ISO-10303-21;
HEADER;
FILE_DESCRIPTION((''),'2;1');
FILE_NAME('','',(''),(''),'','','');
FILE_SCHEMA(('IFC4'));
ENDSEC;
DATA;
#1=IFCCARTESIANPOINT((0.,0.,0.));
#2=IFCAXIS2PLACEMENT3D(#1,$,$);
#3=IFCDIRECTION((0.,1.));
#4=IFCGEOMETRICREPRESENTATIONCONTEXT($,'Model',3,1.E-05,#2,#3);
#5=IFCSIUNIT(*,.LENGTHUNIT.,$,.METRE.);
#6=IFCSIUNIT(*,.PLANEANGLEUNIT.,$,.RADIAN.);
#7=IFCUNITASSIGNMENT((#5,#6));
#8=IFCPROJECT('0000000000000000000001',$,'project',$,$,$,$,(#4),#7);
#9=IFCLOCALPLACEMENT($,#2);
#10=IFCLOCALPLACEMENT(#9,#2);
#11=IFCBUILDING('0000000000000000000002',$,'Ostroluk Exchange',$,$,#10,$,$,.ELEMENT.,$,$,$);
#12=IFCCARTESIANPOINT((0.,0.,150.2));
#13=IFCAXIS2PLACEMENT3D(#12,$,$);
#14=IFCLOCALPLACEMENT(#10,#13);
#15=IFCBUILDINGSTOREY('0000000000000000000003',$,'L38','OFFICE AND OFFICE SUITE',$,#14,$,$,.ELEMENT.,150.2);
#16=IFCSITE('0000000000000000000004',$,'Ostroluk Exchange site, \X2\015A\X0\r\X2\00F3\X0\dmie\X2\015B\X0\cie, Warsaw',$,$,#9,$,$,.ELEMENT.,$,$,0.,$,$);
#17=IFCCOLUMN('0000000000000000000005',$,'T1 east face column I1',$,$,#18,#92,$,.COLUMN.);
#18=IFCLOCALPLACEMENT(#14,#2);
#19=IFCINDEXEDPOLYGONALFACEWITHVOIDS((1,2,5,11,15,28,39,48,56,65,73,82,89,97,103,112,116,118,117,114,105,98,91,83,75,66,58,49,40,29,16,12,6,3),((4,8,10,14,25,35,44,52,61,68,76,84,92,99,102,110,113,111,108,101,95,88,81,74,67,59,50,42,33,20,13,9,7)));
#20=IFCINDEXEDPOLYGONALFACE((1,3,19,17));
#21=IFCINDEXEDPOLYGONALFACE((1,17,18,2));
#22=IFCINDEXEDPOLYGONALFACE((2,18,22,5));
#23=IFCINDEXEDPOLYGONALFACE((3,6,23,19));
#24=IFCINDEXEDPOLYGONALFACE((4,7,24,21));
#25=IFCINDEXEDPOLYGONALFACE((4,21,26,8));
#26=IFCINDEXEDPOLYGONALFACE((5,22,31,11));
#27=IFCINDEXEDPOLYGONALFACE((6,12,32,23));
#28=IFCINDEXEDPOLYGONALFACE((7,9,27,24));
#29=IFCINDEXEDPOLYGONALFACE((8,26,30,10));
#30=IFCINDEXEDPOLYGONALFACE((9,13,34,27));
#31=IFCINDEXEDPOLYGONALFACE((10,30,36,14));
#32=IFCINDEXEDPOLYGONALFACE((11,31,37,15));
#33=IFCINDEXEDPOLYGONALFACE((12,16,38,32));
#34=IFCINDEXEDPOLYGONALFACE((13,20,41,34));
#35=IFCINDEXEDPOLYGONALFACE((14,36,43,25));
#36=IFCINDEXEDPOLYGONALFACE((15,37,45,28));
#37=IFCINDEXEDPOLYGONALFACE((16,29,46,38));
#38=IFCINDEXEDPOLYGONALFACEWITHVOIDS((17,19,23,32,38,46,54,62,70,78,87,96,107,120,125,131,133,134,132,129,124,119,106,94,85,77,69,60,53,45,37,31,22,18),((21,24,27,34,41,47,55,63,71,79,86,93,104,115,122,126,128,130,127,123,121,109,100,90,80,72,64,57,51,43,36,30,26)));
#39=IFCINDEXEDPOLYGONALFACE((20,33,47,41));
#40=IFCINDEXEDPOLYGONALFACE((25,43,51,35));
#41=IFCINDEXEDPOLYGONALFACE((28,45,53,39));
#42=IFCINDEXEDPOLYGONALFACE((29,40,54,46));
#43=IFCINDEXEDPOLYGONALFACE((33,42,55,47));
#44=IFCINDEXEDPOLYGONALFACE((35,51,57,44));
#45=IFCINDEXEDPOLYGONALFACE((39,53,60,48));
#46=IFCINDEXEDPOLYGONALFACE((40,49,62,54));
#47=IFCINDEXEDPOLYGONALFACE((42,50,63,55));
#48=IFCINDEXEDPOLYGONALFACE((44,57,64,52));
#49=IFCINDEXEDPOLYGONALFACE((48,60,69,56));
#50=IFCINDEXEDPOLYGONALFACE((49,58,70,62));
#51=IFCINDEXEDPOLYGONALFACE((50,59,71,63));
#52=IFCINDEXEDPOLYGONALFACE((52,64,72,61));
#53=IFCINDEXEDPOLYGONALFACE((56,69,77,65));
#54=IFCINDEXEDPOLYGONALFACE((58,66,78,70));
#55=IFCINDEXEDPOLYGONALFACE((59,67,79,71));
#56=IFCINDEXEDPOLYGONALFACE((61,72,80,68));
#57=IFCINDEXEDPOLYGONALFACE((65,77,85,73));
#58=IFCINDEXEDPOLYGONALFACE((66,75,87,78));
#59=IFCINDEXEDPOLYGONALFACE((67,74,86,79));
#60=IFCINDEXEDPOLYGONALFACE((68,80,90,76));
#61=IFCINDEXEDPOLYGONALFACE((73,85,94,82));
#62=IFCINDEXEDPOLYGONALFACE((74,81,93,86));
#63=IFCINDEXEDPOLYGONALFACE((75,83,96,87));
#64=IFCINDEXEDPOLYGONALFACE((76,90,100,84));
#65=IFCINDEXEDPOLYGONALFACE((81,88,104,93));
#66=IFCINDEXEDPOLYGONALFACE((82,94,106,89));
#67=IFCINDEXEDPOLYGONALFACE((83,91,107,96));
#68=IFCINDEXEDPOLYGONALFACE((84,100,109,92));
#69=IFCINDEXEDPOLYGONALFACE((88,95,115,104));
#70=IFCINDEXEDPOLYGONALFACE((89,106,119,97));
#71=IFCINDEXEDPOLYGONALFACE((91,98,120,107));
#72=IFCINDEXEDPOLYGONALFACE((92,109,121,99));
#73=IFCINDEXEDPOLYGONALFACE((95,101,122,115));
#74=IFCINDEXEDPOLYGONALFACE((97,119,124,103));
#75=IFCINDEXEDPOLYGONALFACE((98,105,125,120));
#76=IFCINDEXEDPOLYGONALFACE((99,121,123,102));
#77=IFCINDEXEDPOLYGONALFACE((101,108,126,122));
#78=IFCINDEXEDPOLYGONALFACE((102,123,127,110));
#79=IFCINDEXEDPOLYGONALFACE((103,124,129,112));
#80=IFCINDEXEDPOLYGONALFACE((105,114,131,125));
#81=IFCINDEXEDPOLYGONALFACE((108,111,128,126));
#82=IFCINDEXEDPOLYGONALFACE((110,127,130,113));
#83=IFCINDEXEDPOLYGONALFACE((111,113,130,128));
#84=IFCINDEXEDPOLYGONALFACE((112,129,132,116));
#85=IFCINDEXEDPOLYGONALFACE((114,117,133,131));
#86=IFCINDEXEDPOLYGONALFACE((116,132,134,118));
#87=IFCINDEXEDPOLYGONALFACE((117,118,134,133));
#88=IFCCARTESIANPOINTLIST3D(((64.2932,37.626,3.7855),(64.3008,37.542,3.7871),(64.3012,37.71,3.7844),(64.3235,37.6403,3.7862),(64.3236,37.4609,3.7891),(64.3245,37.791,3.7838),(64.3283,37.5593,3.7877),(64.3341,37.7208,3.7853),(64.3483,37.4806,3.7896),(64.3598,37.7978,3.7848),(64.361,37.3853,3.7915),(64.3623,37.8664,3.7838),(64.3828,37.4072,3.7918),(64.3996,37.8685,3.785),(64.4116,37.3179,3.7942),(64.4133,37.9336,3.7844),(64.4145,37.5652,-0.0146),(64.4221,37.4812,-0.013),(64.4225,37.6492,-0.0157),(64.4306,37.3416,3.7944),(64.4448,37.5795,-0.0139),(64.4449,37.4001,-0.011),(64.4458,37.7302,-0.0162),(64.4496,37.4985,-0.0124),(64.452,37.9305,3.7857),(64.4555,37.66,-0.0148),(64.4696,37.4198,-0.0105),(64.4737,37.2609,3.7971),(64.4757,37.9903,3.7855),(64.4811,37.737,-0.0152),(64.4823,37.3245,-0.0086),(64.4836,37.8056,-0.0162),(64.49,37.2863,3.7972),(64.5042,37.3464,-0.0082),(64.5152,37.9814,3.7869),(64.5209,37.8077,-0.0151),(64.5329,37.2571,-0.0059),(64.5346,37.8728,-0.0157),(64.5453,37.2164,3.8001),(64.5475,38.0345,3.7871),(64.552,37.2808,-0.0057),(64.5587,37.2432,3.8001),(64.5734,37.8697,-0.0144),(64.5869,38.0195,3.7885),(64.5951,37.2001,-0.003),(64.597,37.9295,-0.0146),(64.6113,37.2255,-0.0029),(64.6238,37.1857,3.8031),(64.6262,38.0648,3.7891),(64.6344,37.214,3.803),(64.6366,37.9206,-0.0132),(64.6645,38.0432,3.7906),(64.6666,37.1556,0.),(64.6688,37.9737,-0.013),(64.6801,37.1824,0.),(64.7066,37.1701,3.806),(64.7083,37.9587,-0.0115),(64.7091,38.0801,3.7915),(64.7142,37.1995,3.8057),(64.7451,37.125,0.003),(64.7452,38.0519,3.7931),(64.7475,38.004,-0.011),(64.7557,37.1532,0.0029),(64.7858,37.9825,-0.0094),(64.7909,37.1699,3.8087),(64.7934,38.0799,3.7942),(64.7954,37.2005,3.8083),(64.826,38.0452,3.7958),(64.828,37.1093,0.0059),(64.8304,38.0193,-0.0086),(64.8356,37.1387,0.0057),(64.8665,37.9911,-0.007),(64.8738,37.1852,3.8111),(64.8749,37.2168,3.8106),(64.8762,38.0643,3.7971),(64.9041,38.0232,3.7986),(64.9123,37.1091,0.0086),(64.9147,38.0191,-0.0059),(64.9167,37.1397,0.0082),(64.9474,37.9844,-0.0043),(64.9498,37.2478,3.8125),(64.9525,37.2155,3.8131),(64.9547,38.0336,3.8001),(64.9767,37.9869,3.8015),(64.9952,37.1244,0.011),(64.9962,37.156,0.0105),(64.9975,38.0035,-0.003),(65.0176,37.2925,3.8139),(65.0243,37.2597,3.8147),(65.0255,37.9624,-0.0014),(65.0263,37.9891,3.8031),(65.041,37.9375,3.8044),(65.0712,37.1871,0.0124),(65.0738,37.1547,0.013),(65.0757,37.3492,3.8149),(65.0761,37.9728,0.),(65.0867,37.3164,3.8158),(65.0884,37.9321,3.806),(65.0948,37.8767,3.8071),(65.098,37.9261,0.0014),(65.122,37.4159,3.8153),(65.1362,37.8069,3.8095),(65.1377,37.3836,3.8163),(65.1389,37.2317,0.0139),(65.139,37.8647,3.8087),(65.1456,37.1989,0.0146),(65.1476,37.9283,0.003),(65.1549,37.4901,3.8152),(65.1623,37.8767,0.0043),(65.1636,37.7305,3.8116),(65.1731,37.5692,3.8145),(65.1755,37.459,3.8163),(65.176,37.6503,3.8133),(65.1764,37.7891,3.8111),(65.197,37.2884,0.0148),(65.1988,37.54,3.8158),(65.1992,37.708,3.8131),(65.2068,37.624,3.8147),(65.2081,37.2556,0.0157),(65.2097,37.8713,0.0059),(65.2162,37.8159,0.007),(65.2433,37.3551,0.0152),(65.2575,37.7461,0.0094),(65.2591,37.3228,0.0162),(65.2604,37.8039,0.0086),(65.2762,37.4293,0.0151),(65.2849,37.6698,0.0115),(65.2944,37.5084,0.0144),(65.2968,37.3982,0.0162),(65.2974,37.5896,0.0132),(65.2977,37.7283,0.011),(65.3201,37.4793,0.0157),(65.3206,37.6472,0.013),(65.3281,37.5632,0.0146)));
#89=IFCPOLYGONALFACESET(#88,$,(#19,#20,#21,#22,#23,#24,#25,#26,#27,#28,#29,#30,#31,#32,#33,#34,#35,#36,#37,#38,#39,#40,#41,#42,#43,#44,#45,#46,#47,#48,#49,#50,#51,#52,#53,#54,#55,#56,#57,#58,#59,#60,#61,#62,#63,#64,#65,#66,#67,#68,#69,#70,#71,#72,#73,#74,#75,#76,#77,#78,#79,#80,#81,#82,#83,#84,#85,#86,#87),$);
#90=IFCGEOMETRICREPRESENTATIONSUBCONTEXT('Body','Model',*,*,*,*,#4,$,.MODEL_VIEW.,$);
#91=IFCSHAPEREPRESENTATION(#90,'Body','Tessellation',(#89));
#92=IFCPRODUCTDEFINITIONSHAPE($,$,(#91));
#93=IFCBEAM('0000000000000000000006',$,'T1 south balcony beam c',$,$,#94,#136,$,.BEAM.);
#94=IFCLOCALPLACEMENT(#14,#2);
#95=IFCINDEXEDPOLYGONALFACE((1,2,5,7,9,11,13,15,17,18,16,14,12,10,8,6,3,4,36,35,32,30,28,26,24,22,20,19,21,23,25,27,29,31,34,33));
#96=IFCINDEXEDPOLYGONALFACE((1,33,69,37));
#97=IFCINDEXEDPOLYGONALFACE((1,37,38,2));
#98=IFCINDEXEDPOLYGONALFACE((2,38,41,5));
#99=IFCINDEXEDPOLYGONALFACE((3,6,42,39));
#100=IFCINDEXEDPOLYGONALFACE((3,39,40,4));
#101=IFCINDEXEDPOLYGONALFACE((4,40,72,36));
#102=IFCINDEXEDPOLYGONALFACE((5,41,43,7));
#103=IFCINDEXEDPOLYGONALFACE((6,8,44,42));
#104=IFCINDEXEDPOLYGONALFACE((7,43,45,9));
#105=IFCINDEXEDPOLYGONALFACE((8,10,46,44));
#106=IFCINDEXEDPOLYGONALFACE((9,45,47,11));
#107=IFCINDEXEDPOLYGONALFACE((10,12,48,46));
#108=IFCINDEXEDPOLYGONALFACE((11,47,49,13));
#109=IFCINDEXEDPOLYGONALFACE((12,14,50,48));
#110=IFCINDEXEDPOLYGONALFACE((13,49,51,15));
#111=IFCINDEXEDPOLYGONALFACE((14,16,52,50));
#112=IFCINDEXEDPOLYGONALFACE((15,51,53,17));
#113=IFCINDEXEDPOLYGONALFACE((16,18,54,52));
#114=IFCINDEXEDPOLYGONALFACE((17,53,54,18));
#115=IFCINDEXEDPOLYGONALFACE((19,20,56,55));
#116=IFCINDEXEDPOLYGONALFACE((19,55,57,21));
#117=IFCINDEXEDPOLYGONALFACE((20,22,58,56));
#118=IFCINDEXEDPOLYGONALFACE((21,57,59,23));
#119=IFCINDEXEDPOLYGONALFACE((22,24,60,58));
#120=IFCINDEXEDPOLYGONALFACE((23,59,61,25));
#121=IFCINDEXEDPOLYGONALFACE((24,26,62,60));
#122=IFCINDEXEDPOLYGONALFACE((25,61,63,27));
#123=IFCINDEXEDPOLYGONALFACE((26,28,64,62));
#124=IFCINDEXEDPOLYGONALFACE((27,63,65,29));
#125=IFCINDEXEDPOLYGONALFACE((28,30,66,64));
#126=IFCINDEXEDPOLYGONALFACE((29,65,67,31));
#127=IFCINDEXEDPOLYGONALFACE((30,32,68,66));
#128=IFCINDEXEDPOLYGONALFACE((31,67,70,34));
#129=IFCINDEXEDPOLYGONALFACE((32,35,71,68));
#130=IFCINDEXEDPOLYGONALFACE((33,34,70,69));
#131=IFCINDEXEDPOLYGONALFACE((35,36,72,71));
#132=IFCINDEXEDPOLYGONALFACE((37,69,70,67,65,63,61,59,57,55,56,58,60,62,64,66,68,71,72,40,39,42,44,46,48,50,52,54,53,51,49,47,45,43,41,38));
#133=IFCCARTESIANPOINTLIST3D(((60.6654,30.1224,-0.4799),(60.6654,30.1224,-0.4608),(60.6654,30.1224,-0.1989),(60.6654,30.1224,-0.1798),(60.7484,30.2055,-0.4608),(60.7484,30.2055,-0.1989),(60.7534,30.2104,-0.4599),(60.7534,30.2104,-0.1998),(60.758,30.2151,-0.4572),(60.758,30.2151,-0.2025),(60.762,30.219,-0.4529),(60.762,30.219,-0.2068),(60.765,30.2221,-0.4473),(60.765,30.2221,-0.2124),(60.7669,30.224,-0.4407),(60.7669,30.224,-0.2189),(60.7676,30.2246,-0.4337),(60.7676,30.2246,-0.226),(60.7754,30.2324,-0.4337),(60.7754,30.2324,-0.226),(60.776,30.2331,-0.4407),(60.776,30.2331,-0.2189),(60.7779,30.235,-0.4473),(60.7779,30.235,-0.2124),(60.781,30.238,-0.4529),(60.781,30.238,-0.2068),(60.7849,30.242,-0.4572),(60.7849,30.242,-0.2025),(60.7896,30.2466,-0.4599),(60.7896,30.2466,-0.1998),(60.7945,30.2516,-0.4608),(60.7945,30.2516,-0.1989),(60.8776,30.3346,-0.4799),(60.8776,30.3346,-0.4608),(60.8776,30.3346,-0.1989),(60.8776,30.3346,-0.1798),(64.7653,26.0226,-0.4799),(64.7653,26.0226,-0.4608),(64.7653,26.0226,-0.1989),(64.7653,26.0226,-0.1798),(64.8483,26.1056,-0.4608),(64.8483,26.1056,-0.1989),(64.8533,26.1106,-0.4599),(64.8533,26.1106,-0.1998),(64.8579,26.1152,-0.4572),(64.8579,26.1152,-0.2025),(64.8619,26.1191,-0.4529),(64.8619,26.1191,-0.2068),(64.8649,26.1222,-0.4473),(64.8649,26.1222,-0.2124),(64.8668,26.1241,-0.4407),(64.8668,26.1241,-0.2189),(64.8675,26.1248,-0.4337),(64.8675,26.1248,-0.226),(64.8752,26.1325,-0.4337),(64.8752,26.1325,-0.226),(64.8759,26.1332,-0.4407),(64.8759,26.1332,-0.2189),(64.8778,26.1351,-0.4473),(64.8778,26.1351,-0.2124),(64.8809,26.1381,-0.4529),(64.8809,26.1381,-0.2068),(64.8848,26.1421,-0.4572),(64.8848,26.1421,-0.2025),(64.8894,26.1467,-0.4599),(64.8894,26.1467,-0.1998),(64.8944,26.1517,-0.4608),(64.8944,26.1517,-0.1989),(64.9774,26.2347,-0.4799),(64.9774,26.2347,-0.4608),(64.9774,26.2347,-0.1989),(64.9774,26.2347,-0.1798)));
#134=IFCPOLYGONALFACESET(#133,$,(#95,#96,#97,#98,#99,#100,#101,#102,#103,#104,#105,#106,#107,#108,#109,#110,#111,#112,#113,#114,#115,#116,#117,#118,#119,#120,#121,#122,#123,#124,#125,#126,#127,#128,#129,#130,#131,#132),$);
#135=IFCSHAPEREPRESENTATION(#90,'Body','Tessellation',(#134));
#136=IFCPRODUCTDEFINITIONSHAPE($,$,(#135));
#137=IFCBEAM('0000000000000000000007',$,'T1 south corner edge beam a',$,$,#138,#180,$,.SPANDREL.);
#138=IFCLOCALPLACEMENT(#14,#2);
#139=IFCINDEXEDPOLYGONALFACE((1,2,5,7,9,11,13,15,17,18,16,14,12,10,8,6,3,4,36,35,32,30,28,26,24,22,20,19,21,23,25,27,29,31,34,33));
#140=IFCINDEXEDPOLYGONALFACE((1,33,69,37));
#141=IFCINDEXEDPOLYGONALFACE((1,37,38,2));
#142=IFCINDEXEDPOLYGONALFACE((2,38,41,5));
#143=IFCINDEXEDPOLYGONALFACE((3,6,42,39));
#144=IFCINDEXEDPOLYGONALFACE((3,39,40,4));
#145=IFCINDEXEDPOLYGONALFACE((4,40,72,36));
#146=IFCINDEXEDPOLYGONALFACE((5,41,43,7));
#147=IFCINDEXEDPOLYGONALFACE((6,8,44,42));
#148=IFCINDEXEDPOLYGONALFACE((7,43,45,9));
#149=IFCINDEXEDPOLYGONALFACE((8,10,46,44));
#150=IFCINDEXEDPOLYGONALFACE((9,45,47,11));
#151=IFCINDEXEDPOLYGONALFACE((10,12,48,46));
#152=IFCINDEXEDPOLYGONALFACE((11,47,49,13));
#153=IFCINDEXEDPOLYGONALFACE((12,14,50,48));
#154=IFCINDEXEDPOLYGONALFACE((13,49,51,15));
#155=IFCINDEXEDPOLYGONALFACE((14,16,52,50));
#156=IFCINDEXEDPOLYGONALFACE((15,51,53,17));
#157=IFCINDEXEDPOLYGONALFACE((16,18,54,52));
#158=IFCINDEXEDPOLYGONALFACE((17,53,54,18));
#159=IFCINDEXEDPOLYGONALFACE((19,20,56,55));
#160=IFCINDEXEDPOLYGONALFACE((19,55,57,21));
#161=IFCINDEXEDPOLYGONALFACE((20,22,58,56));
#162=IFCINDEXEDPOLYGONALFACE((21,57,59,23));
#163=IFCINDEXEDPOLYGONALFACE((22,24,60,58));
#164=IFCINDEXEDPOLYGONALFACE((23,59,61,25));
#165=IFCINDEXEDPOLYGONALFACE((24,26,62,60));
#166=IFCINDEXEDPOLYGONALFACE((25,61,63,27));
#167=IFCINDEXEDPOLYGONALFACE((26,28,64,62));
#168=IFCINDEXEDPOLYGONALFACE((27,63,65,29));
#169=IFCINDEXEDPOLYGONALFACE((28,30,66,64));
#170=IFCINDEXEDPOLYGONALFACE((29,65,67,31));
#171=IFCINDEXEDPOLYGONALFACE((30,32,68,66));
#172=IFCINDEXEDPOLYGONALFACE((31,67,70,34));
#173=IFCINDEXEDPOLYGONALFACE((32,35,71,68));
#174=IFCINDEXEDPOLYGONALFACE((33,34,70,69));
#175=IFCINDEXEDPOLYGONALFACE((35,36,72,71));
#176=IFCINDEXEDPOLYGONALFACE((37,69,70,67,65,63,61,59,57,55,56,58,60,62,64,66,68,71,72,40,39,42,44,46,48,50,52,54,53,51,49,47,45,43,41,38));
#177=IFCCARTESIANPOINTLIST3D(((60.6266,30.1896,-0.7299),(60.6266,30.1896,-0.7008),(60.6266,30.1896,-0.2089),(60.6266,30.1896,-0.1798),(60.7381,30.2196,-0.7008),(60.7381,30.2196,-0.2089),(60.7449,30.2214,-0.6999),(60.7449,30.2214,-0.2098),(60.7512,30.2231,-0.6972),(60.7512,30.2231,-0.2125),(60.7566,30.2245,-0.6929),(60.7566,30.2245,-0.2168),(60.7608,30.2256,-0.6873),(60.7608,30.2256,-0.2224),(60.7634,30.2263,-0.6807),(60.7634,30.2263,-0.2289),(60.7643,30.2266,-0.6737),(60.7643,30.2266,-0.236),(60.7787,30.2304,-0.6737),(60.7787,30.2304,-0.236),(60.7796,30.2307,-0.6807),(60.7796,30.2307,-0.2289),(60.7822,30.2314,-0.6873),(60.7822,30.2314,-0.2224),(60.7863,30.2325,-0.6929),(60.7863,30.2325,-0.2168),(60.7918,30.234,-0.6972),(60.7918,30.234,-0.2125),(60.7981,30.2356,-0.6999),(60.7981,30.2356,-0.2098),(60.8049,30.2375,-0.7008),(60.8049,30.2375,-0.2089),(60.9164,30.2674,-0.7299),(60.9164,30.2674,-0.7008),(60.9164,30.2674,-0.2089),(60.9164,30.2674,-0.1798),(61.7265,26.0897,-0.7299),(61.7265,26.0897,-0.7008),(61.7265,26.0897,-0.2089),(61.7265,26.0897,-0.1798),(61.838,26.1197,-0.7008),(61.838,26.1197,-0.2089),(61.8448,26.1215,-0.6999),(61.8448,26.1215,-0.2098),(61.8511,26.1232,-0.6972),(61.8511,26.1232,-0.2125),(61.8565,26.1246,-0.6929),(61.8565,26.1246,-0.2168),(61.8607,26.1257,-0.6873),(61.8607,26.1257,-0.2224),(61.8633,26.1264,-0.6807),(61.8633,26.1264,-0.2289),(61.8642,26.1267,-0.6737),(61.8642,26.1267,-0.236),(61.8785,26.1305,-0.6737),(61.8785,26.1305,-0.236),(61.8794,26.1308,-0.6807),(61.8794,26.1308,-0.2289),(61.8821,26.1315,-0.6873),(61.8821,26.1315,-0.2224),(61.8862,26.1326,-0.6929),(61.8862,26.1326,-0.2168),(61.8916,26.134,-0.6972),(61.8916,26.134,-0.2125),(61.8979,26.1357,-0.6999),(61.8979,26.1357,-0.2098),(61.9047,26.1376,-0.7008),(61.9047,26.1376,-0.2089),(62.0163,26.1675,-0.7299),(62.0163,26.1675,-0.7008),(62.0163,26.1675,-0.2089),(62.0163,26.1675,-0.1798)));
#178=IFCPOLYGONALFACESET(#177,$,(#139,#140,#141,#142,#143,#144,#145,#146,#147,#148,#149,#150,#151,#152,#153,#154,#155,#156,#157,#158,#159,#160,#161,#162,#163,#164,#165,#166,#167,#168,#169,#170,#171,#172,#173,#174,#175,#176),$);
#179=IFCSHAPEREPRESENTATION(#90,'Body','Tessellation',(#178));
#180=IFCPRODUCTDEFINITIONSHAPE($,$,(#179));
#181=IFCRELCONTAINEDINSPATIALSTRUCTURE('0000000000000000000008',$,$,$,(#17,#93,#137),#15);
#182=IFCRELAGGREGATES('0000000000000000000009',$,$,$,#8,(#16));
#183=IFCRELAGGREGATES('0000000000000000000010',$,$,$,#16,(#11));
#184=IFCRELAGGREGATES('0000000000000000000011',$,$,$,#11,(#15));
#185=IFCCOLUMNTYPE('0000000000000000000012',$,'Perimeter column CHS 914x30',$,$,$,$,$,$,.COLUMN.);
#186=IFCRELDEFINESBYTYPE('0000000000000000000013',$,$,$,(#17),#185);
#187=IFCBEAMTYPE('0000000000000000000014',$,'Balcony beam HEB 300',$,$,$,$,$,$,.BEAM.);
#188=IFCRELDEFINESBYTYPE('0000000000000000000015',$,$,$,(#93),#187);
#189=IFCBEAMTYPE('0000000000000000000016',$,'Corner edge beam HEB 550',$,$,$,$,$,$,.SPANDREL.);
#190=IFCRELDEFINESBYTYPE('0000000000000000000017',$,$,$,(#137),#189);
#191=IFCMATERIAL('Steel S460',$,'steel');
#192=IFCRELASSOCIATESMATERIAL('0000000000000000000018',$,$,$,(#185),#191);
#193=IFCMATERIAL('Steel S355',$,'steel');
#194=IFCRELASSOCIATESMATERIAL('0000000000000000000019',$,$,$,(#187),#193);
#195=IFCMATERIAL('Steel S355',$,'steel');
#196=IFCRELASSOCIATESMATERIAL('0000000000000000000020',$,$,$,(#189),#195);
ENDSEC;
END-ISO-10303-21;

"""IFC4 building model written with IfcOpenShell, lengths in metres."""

from ifc_helpers import new_model, si_unit, direction, frame, origin, origin_2d, place, context, subcontext, project, spatial, hollow_circle, i_section, extrude, material, material_profile, profile_set, type_object, element, save


model = new_model("IFC4")

# Units and contexts
model_context = context("Model", 3, precision=1e-05, world=origin(), true_north=direction((0.0, 1.0)))
body_context = subcontext(model_context, "Body", "Model", "MODEL_VIEW")
ifc_project = project(units=[si_unit("LENGTHUNIT", "METRE"), si_unit("PLANEANGLEUNIT", "RADIAN")], contexts=[model_context])

# Site, building, storey
site_placement = place(None, origin())
site = spatial("IfcSite", under=ifc_project, at=site_placement, Name="Ostroluk Exchange site, Śródmieście, Warsaw", CompositionType="ELEMENT", RefElevation=0.0)
building_placement = place(site_placement, origin())
building = spatial("IfcBuilding", under=site, at=building_placement, Name="Ostroluk Exchange", CompositionType="ELEMENT")
storey_placement = place(building_placement, frame((0.0, 0.0, 150.2)))
storey = spatial("IfcBuildingStorey", under=building, at=storey_placement, Name="L38", Description="OFFICE AND OFFICE SUITE", CompositionType="ELEMENT", Elevation=150.2)

# Column
ifc_material_1 = material(Name="Steel S460", Category="steel")
ifc_material_profile_1 = material_profile(ifc_material_1, hollow_circle(Radius=0.457, WallThickness=0.03, at=origin_2d()), Name="CHS 914x30")
ifc_profile_set_1 = profile_set([ifc_material_profile_1], Name="Steel S460")
column_type = type_object("IfcColumnType", Name="Perimeter column CHS 914x30", PredefinedType="COLUMN", material=ifc_profile_set_1)
column_placement = place(storey_placement, frame((64.8713, 37.5642, 0.0), z_axis=(-0.03191, 0.015987, 0.999363), x_axis=(-0.447933, -0.894067, 0.0)))
element("IfcColumn", 1, at=column_placement, inside=storey, type_object=column_type, Name="T1 east face column I1", PredefinedType="COLUMN", context=body_context, shape_type="SweptSolid", body=[
    extrude(hollow_circle(Radius=0.457, WallThickness=0.03, at=origin_2d()), origin(), (0.0, 0.0, 1.0), 3.8025),
])

# Beams
ifc_material_2 = material(Name="Steel S355", Category="steel")
ifc_material_profile_2 = material_profile(ifc_material_2, i_section(OverallWidth=0.3, OverallDepth=0.3, WebThickness=0.011, FlangeThickness=0.019, FilletRadius=0.0271, at=origin_2d()), Name="HEB 300")
ifc_profile_set_2 = profile_set([ifc_material_profile_2], Name="Steel S355")
beam_type_1 = type_object("IfcBeamType", Name="Balcony beam HEB 300", PredefinedType="BEAM", material=ifc_profile_set_2)
beam_1_placement = place(storey_placement, frame((60.7715, 30.2285, -0.3298), z_axis=(0.707107, -0.707107, 0.0), x_axis=(0.707107, 0.707107, 0.0)))
element("IfcBeam", 2, at=beam_1_placement, inside=storey, type_object=beam_type_1, Name="T1 south balcony beam c", PredefinedType="BEAM", context=body_context, shape_type="SweptSolid", body=[
    extrude(i_section(OverallWidth=0.3, OverallDepth=0.3, WebThickness=0.011, FlangeThickness=0.019, FilletRadius=0.0271, at=origin_2d()), origin(), (0.0, 0.0, 1.0), 5.7981),
])
ifc_material_3 = material(Name="Steel S355", Category="steel")
ifc_material_profile_3 = material_profile(ifc_material_3, i_section(OverallWidth=0.3, OverallDepth=0.55, WebThickness=0.0149, FlangeThickness=0.0291, FilletRadius=0.0271, at=origin_2d()), Name="HEB 550")
ifc_profile_set_3 = profile_set([ifc_material_profile_3], Name="Steel S355")
beam_type_2 = type_object("IfcBeamType", Name="Corner edge beam HEB 550", PredefinedType="SPANDREL", material=ifc_profile_set_3)
for number, where, z_axis, x_axis, name in (
    (3, (60.7715, 30.2285, -0.4548), (0.259105, -0.965849, 0.0), (0.965849, 0.259105, 0.0), "T1 south corner edge beam a"),
):
    element("IfcBeam", number, at=place(storey_placement, frame(where, z_axis=z_axis, x_axis=x_axis)), inside=storey, type_object=beam_type_2, Name=name, PredefinedType="SPANDREL", context=body_context, shape_type="SweptSolid", body=[
        extrude(i_section(OverallWidth=0.3, OverallDepth=0.55, WebThickness=0.0149, FlangeThickness=0.0291, FilletRadius=0.0271, at=origin_2d()), origin(), (0.0, 0.0, 1.0), 4.2449),
    ])

save(model, "model.ifc")
